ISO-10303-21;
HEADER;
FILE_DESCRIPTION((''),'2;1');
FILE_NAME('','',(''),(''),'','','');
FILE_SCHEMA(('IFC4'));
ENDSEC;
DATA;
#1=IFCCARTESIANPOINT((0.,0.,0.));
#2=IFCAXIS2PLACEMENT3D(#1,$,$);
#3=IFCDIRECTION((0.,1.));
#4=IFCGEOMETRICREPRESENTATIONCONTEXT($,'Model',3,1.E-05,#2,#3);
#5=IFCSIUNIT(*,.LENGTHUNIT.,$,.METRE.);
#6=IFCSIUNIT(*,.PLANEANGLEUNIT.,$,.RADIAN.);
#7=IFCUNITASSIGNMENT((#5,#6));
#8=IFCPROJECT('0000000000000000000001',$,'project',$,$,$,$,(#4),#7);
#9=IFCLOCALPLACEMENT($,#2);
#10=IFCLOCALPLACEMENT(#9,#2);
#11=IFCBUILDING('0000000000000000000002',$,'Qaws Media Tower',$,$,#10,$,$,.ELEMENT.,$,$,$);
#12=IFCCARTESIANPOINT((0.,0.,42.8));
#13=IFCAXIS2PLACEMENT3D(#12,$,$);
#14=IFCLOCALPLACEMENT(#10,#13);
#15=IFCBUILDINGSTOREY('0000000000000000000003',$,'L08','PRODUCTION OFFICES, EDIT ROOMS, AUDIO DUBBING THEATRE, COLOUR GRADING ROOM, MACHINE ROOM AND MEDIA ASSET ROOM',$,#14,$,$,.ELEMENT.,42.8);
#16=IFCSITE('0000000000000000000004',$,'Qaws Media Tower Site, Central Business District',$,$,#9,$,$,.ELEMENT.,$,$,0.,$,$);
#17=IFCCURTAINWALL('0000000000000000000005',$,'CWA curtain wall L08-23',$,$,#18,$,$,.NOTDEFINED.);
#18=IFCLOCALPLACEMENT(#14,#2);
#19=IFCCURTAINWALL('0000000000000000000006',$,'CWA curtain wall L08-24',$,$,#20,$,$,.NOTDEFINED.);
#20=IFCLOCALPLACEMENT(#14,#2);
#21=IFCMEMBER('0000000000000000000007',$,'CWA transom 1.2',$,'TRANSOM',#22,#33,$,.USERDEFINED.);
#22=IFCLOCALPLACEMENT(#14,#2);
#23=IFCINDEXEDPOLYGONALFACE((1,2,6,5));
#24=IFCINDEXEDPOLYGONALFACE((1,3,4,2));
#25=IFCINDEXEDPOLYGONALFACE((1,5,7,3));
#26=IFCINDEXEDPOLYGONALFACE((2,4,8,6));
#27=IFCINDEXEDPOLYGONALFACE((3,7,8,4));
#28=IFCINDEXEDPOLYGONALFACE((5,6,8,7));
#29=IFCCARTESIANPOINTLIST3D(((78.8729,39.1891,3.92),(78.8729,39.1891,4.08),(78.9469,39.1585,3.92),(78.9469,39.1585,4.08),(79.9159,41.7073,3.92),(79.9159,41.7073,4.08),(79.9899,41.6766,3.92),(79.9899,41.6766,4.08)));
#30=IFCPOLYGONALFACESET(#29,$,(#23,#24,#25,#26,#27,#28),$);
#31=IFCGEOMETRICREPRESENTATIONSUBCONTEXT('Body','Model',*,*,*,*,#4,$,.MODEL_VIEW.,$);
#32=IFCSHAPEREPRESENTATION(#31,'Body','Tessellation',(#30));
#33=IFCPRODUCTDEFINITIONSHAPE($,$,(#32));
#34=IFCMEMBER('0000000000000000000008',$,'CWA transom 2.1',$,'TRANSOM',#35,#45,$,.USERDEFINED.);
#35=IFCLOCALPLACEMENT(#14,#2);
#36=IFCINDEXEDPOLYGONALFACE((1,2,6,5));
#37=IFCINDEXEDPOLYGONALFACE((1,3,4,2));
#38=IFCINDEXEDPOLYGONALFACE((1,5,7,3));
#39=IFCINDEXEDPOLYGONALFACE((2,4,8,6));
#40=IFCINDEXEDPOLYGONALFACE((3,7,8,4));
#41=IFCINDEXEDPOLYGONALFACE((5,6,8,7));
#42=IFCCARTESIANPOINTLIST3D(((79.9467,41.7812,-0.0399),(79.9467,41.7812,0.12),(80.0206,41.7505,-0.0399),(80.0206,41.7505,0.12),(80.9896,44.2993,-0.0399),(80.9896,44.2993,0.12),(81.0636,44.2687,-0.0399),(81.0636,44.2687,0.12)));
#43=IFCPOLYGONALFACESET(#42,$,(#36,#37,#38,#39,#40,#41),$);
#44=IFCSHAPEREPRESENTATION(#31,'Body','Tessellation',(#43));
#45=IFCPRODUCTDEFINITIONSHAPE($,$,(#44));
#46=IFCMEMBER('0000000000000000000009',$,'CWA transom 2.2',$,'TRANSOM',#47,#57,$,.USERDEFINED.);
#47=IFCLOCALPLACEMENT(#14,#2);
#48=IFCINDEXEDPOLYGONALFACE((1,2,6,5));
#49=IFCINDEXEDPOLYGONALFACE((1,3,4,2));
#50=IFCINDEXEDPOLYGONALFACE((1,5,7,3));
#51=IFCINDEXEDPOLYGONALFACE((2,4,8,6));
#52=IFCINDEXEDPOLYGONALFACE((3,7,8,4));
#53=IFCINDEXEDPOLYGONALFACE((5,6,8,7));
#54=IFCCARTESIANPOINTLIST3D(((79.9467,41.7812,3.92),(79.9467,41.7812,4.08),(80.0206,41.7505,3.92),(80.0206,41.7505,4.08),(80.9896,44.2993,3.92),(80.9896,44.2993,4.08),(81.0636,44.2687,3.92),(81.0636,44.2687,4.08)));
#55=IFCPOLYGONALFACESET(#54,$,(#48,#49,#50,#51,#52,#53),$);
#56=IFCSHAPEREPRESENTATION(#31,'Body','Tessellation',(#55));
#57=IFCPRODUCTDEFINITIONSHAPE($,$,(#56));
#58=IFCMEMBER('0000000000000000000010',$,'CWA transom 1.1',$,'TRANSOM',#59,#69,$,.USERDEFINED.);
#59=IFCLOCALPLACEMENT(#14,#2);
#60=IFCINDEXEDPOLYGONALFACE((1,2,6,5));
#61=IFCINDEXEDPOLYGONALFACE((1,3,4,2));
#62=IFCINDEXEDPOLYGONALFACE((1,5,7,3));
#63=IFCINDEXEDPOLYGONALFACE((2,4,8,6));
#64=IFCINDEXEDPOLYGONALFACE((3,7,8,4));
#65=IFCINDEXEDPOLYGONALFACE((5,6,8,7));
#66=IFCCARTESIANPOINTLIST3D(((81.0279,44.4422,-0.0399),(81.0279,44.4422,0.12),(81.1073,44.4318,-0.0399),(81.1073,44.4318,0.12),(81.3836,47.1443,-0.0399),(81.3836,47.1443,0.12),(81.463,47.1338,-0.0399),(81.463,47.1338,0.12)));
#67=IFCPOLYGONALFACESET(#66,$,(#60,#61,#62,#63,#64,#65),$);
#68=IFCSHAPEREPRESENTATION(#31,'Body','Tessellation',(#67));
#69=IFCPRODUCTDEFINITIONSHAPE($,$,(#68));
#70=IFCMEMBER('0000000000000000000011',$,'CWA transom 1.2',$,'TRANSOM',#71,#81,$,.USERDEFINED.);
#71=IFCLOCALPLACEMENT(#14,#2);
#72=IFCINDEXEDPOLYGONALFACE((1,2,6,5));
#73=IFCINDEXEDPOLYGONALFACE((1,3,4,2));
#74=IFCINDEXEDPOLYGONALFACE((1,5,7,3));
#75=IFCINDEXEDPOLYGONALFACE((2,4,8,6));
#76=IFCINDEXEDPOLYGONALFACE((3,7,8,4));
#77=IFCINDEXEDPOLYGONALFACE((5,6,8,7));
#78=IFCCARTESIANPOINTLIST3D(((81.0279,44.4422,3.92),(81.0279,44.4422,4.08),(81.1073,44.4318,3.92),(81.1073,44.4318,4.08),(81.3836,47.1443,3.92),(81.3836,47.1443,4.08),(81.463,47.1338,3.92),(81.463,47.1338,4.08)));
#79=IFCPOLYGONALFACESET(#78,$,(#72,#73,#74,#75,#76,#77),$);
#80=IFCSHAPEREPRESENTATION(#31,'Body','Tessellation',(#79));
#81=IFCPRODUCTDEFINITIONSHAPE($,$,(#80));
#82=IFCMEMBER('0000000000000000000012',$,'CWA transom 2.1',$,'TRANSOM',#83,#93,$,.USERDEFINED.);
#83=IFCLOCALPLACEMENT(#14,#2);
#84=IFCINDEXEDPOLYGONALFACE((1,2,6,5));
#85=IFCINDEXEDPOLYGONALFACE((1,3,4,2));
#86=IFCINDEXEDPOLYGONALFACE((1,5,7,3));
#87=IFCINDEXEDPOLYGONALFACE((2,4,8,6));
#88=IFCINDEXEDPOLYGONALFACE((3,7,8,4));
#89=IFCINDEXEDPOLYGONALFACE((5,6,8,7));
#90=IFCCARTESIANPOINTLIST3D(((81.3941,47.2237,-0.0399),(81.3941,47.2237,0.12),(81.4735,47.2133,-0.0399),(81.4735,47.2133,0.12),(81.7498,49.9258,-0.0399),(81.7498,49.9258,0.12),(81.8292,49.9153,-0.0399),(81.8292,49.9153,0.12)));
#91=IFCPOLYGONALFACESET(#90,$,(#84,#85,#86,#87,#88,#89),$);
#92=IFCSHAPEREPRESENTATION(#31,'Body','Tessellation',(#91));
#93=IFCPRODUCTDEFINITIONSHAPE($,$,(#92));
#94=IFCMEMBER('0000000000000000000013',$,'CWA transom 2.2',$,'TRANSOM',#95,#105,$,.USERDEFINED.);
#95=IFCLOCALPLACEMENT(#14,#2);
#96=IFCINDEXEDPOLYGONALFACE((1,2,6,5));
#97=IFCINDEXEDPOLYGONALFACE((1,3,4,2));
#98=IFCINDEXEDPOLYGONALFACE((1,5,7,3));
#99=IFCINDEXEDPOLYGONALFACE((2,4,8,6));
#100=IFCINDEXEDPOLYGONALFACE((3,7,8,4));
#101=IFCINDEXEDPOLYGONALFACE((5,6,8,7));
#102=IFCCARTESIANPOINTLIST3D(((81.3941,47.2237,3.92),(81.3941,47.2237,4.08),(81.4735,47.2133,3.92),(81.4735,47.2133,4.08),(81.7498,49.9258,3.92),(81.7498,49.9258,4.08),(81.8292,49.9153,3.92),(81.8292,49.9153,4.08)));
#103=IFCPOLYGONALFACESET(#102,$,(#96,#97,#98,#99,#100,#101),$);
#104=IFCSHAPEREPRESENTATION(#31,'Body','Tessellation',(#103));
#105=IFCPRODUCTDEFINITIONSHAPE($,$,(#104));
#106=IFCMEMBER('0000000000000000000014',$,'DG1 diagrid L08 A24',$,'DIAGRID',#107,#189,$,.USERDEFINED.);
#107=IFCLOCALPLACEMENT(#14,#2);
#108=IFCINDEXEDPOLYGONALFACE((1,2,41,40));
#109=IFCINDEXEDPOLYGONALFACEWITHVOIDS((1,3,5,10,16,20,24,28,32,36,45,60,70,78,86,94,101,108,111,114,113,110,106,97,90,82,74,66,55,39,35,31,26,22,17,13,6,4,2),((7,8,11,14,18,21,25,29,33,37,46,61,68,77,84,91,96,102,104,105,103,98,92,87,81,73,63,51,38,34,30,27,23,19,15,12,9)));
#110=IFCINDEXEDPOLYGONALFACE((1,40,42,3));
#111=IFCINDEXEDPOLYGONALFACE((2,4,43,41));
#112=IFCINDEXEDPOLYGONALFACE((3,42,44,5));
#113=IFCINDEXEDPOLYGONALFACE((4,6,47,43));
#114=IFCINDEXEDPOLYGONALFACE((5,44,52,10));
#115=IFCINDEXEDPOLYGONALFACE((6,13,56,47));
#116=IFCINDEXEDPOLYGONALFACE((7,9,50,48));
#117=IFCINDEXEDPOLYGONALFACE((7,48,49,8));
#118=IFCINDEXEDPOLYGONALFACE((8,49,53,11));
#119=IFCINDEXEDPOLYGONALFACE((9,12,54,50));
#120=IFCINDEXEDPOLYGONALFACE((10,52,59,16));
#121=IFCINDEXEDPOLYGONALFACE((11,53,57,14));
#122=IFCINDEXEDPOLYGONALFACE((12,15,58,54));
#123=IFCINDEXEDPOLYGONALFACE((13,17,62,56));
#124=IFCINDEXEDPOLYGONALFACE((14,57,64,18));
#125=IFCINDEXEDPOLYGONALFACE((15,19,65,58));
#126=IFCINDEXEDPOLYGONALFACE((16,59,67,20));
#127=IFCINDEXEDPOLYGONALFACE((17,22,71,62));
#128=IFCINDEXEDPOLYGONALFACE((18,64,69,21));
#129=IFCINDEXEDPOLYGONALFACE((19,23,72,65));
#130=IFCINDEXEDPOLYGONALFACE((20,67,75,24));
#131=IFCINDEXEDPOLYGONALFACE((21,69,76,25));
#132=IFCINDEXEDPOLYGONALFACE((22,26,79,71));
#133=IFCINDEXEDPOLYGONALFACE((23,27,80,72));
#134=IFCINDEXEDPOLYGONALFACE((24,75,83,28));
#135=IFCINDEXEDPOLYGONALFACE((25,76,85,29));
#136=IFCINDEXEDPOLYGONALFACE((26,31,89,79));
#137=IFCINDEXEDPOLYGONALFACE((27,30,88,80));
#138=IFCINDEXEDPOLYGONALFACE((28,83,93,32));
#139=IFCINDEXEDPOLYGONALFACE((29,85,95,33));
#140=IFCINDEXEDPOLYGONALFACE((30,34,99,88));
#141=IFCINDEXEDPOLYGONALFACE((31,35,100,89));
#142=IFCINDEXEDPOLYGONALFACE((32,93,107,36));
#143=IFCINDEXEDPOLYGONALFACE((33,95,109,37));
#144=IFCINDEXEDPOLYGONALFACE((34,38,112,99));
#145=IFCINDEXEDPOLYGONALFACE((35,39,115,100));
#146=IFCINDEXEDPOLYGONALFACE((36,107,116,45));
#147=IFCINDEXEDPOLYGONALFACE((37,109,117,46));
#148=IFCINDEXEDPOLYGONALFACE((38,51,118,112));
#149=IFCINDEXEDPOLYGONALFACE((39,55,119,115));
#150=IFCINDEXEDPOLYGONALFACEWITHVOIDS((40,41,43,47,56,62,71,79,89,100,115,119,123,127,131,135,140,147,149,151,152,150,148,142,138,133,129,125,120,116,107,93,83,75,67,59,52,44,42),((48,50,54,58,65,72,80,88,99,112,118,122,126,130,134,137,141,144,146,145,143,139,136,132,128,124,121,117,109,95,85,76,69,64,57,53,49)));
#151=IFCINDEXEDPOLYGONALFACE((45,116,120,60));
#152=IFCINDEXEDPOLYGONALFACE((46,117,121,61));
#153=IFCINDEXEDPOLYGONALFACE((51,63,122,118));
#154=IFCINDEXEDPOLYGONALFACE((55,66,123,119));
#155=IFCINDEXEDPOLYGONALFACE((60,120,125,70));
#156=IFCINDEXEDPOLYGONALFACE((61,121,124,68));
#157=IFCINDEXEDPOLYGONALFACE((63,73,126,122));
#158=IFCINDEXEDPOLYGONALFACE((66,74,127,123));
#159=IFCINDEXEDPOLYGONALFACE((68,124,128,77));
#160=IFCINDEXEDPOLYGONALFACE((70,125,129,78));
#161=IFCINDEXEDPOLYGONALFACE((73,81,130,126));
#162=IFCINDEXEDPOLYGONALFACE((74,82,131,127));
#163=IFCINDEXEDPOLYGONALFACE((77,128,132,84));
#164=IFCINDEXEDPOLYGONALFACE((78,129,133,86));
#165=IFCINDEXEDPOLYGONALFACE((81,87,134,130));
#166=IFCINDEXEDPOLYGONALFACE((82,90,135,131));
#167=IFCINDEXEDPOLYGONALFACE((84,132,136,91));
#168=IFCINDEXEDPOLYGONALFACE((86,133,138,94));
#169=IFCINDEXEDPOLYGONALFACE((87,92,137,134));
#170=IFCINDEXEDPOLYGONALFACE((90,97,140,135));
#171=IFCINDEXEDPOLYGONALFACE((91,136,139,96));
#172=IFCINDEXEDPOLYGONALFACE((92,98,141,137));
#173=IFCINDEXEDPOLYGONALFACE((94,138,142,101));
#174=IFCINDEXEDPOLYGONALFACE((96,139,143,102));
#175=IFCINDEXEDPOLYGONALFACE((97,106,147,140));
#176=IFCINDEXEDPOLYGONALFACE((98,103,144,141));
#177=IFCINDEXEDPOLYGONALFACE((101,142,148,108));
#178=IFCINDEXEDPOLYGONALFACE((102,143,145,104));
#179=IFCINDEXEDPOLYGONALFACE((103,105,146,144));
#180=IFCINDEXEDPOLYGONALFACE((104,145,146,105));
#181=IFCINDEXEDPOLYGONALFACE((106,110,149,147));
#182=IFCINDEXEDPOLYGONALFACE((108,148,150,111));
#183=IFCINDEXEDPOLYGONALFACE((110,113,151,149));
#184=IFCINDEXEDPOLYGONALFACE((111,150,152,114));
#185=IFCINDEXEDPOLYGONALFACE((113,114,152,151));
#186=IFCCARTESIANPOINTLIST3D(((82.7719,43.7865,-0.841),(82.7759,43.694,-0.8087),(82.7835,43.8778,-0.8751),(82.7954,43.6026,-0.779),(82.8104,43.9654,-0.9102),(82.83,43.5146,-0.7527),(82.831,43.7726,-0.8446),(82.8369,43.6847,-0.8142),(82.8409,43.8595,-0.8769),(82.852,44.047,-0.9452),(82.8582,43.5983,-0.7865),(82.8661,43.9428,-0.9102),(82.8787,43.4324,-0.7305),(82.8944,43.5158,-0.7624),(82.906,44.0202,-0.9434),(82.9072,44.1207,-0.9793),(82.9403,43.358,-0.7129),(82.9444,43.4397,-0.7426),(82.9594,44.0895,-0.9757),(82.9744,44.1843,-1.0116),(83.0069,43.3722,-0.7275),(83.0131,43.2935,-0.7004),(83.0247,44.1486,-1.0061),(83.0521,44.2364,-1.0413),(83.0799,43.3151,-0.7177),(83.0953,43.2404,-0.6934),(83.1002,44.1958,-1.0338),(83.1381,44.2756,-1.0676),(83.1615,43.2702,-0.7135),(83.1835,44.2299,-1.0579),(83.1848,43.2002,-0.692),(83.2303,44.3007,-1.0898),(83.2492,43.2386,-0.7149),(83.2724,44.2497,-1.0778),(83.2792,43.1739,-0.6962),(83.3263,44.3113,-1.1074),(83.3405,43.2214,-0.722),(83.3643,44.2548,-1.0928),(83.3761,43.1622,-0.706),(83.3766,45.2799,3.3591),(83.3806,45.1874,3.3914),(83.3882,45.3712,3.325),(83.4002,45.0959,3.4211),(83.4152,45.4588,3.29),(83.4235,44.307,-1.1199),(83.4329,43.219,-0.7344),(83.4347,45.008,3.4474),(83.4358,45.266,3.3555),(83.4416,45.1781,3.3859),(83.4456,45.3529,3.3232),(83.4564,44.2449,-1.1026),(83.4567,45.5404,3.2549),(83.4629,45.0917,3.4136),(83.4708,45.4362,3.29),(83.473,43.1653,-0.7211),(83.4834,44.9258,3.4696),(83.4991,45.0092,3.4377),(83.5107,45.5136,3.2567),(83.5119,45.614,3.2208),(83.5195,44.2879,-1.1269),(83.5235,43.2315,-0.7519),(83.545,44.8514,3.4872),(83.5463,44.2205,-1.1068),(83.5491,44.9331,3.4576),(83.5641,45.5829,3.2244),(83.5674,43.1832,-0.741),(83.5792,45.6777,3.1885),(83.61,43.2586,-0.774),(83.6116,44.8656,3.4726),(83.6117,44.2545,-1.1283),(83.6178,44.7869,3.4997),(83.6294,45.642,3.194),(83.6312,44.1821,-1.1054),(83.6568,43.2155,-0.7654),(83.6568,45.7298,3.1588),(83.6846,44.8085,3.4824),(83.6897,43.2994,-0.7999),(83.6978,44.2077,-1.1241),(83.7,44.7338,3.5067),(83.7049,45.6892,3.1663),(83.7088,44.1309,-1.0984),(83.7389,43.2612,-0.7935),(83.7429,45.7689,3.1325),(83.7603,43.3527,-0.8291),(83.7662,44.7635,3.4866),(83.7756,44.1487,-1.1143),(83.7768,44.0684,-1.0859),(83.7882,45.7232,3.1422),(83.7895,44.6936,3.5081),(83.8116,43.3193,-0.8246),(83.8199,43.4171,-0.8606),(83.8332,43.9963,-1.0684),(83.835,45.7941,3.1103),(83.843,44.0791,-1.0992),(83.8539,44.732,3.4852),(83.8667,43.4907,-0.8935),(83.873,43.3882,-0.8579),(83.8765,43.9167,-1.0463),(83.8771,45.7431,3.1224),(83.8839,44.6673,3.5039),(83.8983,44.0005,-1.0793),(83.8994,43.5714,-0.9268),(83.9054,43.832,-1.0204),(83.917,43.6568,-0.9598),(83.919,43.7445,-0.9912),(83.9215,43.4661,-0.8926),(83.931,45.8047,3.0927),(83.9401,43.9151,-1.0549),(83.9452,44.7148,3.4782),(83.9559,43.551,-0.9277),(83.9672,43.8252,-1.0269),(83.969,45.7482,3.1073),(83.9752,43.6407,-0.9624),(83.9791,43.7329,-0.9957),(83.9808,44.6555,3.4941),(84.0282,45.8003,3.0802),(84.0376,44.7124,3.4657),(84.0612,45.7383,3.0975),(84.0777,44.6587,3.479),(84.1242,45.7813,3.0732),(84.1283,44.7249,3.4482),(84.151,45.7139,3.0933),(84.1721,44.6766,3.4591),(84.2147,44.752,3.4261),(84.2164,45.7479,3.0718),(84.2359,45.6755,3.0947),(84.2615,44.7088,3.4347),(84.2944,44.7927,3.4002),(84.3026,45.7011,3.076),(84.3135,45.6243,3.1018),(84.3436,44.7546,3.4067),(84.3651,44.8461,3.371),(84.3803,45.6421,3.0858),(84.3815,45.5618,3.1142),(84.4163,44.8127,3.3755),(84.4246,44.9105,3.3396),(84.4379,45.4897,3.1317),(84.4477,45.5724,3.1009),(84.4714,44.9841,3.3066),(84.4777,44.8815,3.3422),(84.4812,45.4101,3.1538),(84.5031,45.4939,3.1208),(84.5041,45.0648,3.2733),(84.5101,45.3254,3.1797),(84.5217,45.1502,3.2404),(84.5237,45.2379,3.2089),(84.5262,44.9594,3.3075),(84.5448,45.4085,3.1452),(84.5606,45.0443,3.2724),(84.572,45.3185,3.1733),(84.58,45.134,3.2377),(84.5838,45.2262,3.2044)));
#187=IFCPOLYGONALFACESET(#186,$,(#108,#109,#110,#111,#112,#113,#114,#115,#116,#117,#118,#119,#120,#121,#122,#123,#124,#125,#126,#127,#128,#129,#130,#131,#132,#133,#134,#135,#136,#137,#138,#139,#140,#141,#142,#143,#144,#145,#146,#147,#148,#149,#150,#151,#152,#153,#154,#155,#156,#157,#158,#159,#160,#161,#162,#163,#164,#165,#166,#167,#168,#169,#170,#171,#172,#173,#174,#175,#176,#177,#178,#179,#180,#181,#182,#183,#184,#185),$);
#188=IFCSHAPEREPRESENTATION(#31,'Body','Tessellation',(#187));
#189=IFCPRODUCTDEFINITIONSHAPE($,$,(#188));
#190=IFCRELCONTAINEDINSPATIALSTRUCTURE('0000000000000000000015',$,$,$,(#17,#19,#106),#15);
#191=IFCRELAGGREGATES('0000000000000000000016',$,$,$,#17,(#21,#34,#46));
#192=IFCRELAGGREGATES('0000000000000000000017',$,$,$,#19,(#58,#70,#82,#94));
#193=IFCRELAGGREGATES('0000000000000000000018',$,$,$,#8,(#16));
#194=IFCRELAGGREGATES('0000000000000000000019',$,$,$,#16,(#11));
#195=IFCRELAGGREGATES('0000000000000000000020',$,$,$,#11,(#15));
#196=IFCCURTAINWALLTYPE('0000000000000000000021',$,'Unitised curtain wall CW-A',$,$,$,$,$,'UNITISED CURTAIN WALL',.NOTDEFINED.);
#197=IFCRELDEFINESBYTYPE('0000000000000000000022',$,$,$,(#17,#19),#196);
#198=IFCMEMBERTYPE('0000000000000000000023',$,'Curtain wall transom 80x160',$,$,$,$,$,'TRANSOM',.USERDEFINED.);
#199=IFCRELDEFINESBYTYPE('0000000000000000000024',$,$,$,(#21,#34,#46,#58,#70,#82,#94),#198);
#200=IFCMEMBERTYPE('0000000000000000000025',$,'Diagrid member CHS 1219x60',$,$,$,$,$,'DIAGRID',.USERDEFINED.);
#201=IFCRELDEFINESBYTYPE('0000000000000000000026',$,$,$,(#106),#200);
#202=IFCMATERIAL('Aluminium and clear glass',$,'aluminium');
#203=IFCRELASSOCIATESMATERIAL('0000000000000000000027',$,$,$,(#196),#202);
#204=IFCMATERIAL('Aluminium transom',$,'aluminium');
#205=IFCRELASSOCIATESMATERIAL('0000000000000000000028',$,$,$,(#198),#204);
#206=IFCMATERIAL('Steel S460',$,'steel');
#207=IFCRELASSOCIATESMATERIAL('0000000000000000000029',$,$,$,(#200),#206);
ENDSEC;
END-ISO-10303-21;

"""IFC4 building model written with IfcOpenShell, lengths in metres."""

from ifc_helpers import new_model, si_unit, direction, frame, origin, origin_2d, place, context, subcontext, project, spatial, rectangle, hollow_circle, extrude, material, material_profile, profile_set, type_object, element, aggregate, save


model = new_model("IFC4")

# Units and contexts
model_context = context("Model", 3, precision=1e-05, world=origin(), true_north=direction((0.0, 1.0)))
body_context = subcontext(model_context, "Body", "Model", "MODEL_VIEW")
ifc_project = project(units=[si_unit("LENGTHUNIT", "METRE"), si_unit("PLANEANGLEUNIT", "RADIAN")], contexts=[model_context])

# Site, building, storey
site_placement = place(None, origin())
site = spatial("IfcSite", under=ifc_project, at=site_placement, Name="Qaws Media Tower Site, Central Business District", CompositionType="ELEMENT", RefElevation=0.0)
building_placement = place(site_placement, origin())
building = spatial("IfcBuilding", under=site, at=building_placement, Name="Qaws Media Tower", CompositionType="ELEMENT")
storey_placement = place(building_placement, frame((0.0, 0.0, 42.8)))
storey = spatial("IfcBuildingStorey", under=building, at=storey_placement, Name="L08", Description="PRODUCTION OFFICES, EDIT ROOMS, AUDIO DUBBING THEATRE, COLOUR GRADING ROOM, MACHINE ROOM AND MEDIA ASSET ROOM", CompositionType="ELEMENT", Elevation=42.8)

# Shared definitions
ifc_material_1 = material(Name="Aluminium and clear glass", Category="aluminium")
curtain_wall_type = type_object("IfcCurtainWallType", Name="Unitised curtain wall CW-A", ElementType="UNITISED CURTAIN WALL", PredefinedType="NOTDEFINED", material=ifc_material_1)

# Curtain walls
curtain_wall_1_placement = place(storey_placement, origin())
curtain_wall_1 = element("IfcCurtainWall", 1, at=curtain_wall_1_placement, inside=storey, type_object=curtain_wall_type, Name="CWA curtain wall L08-23", PredefinedType="NOTDEFINED")
curtain_wall_2_placement = place(storey_placement, origin())
curtain_wall_2 = element("IfcCurtainWall", 2, at=curtain_wall_2_placement, inside=storey, type_object=curtain_wall_type, Name="CWA curtain wall L08-24", PredefinedType="NOTDEFINED")

# Members
ifc_material_2 = material(Name="Aluminium transom", Category="aluminium")
ifc_material_profile_1 = material_profile(ifc_material_2, rectangle(XDim=0.0801, YDim=0.1599, at=origin_2d()), Name="80x160")
ifc_profile_set_1 = profile_set([ifc_material_profile_1], Name="Aluminium transom")
member_type_1 = type_object("IfcMemberType", Name="Curtain wall transom 80x160", ElementType="TRANSOM", PredefinedType="USERDEFINED", material=ifc_profile_set_1)
member_1_placement = place(storey_placement, frame((78.9099, 39.1738, 4.0), z_axis=(0.382668, 0.923886, 0.0), x_axis=(-0.923886, 0.382668, 0.0)))
member_1 = element("IfcMember", 3, at=member_1_placement, type_object=member_type_1, Name="CWA transom 1.2", ObjectType="TRANSOM", PredefinedType="USERDEFINED", context=body_context, shape_type="SweptSolid", body=[
    extrude(rectangle(XDim=0.0801, YDim=0.1599, at=origin_2d()), origin(), (0.0, 0.0, 1.0), 2.7256),
])
member_2_placement = place(storey_placement, frame((79.9836, 41.7659, 0.04), z_axis=(0.382668, 0.923886, 0.0), x_axis=(-0.923886, 0.382668, 0.0)))
member_2 = element("IfcMember", 4, at=member_2_placement, type_object=member_type_1, Name="CWA transom 2.1", ObjectType="TRANSOM", PredefinedType="USERDEFINED", context=body_context, shape_type="SweptSolid", body=[
    extrude(rectangle(XDim=0.0801, YDim=0.1599, at=origin_2d()), origin(), (0.0, 0.0, 1.0), 2.7256),
])
member_3_placement = place(storey_placement, frame((79.9836, 41.7659, 4.0), z_axis=(0.382668, 0.923886, 0.0), x_axis=(-0.923886, 0.382668, 0.0)))
member_3 = element("IfcMember", 5, at=member_3_placement, type_object=member_type_1, Name="CWA transom 2.2", ObjectType="TRANSOM", PredefinedType="USERDEFINED", context=body_context, shape_type="SweptSolid", body=[
    extrude(rectangle(XDim=0.0801, YDim=0.1599, at=origin_2d()), origin(), (0.0, 0.0, 1.0), 2.7256),
])
member_4_placement = place(storey_placement, frame((81.0676, 44.437, 0.04), z_axis=(0.130515, 0.991446, 0.0), x_axis=(-0.991446, 0.130515, 0.0)))
member_4 = element("IfcMember", 6, at=member_4_placement, type_object=member_type_1, Name="CWA transom 1.1", ObjectType="TRANSOM", PredefinedType="USERDEFINED", context=body_context, shape_type="SweptSolid", body=[
    extrude(rectangle(XDim=0.0801, YDim=0.1599, at=origin_2d()), origin(), (0.0, 0.0, 1.0), 2.7253),
])
member_5_placement = place(storey_placement, frame((81.0676, 44.437, 4.0), z_axis=(0.130515, 0.991446, 0.0), x_axis=(-0.991446, 0.130515, 0.0)))
member_5 = element("IfcMember", 7, at=member_5_placement, type_object=member_type_1, Name="CWA transom 1.2", ObjectType="TRANSOM", PredefinedType="USERDEFINED", context=body_context, shape_type="SweptSolid", body=[
    extrude(rectangle(XDim=0.0801, YDim=0.1599, at=origin_2d()), origin(), (0.0, 0.0, 1.0), 2.7253),
])
member_6_placement = place(storey_placement, frame((81.4338, 47.2185, 0.04), z_axis=(0.130515, 0.991446, 0.0), x_axis=(-0.991446, 0.130515, 0.0)))
member_6 = element("IfcMember", 8, at=member_6_placement, type_object=member_type_1, Name="CWA transom 2.1", ObjectType="TRANSOM", PredefinedType="USERDEFINED", context=body_context, shape_type="SweptSolid", body=[
    extrude(rectangle(XDim=0.0801, YDim=0.1599, at=origin_2d()), origin(), (0.0, 0.0, 1.0), 2.7253),
])
member_7_placement = place(storey_placement, frame((81.4338, 47.2185, 4.0), z_axis=(0.130515, 0.991446, 0.0), x_axis=(-0.991446, 0.130515, 0.0)))
member_7 = element("IfcMember", 9, at=member_7_placement, type_object=member_type_1, Name="CWA transom 2.2", ObjectType="TRANSOM", PredefinedType="USERDEFINED", context=body_context, shape_type="SweptSolid", body=[
    extrude(rectangle(XDim=0.0801, YDim=0.1599, at=origin_2d()), origin(), (0.0, 0.0, 1.0), 2.7253),
])

# Member
ifc_material_3 = material(Name="Steel S460", Category="steel")
ifc_material_profile_2 = material_profile(ifc_material_3, hollow_circle(Radius=0.6096, WallThickness=0.0601, at=origin_2d()), Name="CHS 1219x60")
ifc_profile_set_2 = profile_set([ifc_material_profile_2], Name="Steel S460")
member_type_2 = type_object("IfcMemberType", Name="Diagrid member CHS 1219x60", ElementType="DIAGRID", PredefinedType="USERDEFINED", material=ifc_profile_set_2)
for number, where, z_axis, x_axis, name in (
    (10, (83.3755, 43.7366, -0.9102), (0.134427, 0.33197, 0.933662), (-0.92689, 0.375332, 0.0), "DG1 diagrid L08 A24"),
):
    element("IfcMember", number, at=place(storey_placement, frame(where, z_axis=z_axis, x_axis=x_axis)), inside=storey, type_object=member_type_2, Name=name, ObjectType="DIAGRID", PredefinedType="USERDEFINED", context=body_context, shape_type="SweptSolid", body=[
        extrude(hollow_circle(Radius=0.6096, WallThickness=0.0601, at=origin_2d()), origin(), (0.0, 0.0, 1.0), 4.4985),
    ])

aggregate(curtain_wall_1, [member_1, member_2, member_3])
aggregate(curtain_wall_2, [member_4, member_5, member_6, member_7])

save(model, "model.ifc")
